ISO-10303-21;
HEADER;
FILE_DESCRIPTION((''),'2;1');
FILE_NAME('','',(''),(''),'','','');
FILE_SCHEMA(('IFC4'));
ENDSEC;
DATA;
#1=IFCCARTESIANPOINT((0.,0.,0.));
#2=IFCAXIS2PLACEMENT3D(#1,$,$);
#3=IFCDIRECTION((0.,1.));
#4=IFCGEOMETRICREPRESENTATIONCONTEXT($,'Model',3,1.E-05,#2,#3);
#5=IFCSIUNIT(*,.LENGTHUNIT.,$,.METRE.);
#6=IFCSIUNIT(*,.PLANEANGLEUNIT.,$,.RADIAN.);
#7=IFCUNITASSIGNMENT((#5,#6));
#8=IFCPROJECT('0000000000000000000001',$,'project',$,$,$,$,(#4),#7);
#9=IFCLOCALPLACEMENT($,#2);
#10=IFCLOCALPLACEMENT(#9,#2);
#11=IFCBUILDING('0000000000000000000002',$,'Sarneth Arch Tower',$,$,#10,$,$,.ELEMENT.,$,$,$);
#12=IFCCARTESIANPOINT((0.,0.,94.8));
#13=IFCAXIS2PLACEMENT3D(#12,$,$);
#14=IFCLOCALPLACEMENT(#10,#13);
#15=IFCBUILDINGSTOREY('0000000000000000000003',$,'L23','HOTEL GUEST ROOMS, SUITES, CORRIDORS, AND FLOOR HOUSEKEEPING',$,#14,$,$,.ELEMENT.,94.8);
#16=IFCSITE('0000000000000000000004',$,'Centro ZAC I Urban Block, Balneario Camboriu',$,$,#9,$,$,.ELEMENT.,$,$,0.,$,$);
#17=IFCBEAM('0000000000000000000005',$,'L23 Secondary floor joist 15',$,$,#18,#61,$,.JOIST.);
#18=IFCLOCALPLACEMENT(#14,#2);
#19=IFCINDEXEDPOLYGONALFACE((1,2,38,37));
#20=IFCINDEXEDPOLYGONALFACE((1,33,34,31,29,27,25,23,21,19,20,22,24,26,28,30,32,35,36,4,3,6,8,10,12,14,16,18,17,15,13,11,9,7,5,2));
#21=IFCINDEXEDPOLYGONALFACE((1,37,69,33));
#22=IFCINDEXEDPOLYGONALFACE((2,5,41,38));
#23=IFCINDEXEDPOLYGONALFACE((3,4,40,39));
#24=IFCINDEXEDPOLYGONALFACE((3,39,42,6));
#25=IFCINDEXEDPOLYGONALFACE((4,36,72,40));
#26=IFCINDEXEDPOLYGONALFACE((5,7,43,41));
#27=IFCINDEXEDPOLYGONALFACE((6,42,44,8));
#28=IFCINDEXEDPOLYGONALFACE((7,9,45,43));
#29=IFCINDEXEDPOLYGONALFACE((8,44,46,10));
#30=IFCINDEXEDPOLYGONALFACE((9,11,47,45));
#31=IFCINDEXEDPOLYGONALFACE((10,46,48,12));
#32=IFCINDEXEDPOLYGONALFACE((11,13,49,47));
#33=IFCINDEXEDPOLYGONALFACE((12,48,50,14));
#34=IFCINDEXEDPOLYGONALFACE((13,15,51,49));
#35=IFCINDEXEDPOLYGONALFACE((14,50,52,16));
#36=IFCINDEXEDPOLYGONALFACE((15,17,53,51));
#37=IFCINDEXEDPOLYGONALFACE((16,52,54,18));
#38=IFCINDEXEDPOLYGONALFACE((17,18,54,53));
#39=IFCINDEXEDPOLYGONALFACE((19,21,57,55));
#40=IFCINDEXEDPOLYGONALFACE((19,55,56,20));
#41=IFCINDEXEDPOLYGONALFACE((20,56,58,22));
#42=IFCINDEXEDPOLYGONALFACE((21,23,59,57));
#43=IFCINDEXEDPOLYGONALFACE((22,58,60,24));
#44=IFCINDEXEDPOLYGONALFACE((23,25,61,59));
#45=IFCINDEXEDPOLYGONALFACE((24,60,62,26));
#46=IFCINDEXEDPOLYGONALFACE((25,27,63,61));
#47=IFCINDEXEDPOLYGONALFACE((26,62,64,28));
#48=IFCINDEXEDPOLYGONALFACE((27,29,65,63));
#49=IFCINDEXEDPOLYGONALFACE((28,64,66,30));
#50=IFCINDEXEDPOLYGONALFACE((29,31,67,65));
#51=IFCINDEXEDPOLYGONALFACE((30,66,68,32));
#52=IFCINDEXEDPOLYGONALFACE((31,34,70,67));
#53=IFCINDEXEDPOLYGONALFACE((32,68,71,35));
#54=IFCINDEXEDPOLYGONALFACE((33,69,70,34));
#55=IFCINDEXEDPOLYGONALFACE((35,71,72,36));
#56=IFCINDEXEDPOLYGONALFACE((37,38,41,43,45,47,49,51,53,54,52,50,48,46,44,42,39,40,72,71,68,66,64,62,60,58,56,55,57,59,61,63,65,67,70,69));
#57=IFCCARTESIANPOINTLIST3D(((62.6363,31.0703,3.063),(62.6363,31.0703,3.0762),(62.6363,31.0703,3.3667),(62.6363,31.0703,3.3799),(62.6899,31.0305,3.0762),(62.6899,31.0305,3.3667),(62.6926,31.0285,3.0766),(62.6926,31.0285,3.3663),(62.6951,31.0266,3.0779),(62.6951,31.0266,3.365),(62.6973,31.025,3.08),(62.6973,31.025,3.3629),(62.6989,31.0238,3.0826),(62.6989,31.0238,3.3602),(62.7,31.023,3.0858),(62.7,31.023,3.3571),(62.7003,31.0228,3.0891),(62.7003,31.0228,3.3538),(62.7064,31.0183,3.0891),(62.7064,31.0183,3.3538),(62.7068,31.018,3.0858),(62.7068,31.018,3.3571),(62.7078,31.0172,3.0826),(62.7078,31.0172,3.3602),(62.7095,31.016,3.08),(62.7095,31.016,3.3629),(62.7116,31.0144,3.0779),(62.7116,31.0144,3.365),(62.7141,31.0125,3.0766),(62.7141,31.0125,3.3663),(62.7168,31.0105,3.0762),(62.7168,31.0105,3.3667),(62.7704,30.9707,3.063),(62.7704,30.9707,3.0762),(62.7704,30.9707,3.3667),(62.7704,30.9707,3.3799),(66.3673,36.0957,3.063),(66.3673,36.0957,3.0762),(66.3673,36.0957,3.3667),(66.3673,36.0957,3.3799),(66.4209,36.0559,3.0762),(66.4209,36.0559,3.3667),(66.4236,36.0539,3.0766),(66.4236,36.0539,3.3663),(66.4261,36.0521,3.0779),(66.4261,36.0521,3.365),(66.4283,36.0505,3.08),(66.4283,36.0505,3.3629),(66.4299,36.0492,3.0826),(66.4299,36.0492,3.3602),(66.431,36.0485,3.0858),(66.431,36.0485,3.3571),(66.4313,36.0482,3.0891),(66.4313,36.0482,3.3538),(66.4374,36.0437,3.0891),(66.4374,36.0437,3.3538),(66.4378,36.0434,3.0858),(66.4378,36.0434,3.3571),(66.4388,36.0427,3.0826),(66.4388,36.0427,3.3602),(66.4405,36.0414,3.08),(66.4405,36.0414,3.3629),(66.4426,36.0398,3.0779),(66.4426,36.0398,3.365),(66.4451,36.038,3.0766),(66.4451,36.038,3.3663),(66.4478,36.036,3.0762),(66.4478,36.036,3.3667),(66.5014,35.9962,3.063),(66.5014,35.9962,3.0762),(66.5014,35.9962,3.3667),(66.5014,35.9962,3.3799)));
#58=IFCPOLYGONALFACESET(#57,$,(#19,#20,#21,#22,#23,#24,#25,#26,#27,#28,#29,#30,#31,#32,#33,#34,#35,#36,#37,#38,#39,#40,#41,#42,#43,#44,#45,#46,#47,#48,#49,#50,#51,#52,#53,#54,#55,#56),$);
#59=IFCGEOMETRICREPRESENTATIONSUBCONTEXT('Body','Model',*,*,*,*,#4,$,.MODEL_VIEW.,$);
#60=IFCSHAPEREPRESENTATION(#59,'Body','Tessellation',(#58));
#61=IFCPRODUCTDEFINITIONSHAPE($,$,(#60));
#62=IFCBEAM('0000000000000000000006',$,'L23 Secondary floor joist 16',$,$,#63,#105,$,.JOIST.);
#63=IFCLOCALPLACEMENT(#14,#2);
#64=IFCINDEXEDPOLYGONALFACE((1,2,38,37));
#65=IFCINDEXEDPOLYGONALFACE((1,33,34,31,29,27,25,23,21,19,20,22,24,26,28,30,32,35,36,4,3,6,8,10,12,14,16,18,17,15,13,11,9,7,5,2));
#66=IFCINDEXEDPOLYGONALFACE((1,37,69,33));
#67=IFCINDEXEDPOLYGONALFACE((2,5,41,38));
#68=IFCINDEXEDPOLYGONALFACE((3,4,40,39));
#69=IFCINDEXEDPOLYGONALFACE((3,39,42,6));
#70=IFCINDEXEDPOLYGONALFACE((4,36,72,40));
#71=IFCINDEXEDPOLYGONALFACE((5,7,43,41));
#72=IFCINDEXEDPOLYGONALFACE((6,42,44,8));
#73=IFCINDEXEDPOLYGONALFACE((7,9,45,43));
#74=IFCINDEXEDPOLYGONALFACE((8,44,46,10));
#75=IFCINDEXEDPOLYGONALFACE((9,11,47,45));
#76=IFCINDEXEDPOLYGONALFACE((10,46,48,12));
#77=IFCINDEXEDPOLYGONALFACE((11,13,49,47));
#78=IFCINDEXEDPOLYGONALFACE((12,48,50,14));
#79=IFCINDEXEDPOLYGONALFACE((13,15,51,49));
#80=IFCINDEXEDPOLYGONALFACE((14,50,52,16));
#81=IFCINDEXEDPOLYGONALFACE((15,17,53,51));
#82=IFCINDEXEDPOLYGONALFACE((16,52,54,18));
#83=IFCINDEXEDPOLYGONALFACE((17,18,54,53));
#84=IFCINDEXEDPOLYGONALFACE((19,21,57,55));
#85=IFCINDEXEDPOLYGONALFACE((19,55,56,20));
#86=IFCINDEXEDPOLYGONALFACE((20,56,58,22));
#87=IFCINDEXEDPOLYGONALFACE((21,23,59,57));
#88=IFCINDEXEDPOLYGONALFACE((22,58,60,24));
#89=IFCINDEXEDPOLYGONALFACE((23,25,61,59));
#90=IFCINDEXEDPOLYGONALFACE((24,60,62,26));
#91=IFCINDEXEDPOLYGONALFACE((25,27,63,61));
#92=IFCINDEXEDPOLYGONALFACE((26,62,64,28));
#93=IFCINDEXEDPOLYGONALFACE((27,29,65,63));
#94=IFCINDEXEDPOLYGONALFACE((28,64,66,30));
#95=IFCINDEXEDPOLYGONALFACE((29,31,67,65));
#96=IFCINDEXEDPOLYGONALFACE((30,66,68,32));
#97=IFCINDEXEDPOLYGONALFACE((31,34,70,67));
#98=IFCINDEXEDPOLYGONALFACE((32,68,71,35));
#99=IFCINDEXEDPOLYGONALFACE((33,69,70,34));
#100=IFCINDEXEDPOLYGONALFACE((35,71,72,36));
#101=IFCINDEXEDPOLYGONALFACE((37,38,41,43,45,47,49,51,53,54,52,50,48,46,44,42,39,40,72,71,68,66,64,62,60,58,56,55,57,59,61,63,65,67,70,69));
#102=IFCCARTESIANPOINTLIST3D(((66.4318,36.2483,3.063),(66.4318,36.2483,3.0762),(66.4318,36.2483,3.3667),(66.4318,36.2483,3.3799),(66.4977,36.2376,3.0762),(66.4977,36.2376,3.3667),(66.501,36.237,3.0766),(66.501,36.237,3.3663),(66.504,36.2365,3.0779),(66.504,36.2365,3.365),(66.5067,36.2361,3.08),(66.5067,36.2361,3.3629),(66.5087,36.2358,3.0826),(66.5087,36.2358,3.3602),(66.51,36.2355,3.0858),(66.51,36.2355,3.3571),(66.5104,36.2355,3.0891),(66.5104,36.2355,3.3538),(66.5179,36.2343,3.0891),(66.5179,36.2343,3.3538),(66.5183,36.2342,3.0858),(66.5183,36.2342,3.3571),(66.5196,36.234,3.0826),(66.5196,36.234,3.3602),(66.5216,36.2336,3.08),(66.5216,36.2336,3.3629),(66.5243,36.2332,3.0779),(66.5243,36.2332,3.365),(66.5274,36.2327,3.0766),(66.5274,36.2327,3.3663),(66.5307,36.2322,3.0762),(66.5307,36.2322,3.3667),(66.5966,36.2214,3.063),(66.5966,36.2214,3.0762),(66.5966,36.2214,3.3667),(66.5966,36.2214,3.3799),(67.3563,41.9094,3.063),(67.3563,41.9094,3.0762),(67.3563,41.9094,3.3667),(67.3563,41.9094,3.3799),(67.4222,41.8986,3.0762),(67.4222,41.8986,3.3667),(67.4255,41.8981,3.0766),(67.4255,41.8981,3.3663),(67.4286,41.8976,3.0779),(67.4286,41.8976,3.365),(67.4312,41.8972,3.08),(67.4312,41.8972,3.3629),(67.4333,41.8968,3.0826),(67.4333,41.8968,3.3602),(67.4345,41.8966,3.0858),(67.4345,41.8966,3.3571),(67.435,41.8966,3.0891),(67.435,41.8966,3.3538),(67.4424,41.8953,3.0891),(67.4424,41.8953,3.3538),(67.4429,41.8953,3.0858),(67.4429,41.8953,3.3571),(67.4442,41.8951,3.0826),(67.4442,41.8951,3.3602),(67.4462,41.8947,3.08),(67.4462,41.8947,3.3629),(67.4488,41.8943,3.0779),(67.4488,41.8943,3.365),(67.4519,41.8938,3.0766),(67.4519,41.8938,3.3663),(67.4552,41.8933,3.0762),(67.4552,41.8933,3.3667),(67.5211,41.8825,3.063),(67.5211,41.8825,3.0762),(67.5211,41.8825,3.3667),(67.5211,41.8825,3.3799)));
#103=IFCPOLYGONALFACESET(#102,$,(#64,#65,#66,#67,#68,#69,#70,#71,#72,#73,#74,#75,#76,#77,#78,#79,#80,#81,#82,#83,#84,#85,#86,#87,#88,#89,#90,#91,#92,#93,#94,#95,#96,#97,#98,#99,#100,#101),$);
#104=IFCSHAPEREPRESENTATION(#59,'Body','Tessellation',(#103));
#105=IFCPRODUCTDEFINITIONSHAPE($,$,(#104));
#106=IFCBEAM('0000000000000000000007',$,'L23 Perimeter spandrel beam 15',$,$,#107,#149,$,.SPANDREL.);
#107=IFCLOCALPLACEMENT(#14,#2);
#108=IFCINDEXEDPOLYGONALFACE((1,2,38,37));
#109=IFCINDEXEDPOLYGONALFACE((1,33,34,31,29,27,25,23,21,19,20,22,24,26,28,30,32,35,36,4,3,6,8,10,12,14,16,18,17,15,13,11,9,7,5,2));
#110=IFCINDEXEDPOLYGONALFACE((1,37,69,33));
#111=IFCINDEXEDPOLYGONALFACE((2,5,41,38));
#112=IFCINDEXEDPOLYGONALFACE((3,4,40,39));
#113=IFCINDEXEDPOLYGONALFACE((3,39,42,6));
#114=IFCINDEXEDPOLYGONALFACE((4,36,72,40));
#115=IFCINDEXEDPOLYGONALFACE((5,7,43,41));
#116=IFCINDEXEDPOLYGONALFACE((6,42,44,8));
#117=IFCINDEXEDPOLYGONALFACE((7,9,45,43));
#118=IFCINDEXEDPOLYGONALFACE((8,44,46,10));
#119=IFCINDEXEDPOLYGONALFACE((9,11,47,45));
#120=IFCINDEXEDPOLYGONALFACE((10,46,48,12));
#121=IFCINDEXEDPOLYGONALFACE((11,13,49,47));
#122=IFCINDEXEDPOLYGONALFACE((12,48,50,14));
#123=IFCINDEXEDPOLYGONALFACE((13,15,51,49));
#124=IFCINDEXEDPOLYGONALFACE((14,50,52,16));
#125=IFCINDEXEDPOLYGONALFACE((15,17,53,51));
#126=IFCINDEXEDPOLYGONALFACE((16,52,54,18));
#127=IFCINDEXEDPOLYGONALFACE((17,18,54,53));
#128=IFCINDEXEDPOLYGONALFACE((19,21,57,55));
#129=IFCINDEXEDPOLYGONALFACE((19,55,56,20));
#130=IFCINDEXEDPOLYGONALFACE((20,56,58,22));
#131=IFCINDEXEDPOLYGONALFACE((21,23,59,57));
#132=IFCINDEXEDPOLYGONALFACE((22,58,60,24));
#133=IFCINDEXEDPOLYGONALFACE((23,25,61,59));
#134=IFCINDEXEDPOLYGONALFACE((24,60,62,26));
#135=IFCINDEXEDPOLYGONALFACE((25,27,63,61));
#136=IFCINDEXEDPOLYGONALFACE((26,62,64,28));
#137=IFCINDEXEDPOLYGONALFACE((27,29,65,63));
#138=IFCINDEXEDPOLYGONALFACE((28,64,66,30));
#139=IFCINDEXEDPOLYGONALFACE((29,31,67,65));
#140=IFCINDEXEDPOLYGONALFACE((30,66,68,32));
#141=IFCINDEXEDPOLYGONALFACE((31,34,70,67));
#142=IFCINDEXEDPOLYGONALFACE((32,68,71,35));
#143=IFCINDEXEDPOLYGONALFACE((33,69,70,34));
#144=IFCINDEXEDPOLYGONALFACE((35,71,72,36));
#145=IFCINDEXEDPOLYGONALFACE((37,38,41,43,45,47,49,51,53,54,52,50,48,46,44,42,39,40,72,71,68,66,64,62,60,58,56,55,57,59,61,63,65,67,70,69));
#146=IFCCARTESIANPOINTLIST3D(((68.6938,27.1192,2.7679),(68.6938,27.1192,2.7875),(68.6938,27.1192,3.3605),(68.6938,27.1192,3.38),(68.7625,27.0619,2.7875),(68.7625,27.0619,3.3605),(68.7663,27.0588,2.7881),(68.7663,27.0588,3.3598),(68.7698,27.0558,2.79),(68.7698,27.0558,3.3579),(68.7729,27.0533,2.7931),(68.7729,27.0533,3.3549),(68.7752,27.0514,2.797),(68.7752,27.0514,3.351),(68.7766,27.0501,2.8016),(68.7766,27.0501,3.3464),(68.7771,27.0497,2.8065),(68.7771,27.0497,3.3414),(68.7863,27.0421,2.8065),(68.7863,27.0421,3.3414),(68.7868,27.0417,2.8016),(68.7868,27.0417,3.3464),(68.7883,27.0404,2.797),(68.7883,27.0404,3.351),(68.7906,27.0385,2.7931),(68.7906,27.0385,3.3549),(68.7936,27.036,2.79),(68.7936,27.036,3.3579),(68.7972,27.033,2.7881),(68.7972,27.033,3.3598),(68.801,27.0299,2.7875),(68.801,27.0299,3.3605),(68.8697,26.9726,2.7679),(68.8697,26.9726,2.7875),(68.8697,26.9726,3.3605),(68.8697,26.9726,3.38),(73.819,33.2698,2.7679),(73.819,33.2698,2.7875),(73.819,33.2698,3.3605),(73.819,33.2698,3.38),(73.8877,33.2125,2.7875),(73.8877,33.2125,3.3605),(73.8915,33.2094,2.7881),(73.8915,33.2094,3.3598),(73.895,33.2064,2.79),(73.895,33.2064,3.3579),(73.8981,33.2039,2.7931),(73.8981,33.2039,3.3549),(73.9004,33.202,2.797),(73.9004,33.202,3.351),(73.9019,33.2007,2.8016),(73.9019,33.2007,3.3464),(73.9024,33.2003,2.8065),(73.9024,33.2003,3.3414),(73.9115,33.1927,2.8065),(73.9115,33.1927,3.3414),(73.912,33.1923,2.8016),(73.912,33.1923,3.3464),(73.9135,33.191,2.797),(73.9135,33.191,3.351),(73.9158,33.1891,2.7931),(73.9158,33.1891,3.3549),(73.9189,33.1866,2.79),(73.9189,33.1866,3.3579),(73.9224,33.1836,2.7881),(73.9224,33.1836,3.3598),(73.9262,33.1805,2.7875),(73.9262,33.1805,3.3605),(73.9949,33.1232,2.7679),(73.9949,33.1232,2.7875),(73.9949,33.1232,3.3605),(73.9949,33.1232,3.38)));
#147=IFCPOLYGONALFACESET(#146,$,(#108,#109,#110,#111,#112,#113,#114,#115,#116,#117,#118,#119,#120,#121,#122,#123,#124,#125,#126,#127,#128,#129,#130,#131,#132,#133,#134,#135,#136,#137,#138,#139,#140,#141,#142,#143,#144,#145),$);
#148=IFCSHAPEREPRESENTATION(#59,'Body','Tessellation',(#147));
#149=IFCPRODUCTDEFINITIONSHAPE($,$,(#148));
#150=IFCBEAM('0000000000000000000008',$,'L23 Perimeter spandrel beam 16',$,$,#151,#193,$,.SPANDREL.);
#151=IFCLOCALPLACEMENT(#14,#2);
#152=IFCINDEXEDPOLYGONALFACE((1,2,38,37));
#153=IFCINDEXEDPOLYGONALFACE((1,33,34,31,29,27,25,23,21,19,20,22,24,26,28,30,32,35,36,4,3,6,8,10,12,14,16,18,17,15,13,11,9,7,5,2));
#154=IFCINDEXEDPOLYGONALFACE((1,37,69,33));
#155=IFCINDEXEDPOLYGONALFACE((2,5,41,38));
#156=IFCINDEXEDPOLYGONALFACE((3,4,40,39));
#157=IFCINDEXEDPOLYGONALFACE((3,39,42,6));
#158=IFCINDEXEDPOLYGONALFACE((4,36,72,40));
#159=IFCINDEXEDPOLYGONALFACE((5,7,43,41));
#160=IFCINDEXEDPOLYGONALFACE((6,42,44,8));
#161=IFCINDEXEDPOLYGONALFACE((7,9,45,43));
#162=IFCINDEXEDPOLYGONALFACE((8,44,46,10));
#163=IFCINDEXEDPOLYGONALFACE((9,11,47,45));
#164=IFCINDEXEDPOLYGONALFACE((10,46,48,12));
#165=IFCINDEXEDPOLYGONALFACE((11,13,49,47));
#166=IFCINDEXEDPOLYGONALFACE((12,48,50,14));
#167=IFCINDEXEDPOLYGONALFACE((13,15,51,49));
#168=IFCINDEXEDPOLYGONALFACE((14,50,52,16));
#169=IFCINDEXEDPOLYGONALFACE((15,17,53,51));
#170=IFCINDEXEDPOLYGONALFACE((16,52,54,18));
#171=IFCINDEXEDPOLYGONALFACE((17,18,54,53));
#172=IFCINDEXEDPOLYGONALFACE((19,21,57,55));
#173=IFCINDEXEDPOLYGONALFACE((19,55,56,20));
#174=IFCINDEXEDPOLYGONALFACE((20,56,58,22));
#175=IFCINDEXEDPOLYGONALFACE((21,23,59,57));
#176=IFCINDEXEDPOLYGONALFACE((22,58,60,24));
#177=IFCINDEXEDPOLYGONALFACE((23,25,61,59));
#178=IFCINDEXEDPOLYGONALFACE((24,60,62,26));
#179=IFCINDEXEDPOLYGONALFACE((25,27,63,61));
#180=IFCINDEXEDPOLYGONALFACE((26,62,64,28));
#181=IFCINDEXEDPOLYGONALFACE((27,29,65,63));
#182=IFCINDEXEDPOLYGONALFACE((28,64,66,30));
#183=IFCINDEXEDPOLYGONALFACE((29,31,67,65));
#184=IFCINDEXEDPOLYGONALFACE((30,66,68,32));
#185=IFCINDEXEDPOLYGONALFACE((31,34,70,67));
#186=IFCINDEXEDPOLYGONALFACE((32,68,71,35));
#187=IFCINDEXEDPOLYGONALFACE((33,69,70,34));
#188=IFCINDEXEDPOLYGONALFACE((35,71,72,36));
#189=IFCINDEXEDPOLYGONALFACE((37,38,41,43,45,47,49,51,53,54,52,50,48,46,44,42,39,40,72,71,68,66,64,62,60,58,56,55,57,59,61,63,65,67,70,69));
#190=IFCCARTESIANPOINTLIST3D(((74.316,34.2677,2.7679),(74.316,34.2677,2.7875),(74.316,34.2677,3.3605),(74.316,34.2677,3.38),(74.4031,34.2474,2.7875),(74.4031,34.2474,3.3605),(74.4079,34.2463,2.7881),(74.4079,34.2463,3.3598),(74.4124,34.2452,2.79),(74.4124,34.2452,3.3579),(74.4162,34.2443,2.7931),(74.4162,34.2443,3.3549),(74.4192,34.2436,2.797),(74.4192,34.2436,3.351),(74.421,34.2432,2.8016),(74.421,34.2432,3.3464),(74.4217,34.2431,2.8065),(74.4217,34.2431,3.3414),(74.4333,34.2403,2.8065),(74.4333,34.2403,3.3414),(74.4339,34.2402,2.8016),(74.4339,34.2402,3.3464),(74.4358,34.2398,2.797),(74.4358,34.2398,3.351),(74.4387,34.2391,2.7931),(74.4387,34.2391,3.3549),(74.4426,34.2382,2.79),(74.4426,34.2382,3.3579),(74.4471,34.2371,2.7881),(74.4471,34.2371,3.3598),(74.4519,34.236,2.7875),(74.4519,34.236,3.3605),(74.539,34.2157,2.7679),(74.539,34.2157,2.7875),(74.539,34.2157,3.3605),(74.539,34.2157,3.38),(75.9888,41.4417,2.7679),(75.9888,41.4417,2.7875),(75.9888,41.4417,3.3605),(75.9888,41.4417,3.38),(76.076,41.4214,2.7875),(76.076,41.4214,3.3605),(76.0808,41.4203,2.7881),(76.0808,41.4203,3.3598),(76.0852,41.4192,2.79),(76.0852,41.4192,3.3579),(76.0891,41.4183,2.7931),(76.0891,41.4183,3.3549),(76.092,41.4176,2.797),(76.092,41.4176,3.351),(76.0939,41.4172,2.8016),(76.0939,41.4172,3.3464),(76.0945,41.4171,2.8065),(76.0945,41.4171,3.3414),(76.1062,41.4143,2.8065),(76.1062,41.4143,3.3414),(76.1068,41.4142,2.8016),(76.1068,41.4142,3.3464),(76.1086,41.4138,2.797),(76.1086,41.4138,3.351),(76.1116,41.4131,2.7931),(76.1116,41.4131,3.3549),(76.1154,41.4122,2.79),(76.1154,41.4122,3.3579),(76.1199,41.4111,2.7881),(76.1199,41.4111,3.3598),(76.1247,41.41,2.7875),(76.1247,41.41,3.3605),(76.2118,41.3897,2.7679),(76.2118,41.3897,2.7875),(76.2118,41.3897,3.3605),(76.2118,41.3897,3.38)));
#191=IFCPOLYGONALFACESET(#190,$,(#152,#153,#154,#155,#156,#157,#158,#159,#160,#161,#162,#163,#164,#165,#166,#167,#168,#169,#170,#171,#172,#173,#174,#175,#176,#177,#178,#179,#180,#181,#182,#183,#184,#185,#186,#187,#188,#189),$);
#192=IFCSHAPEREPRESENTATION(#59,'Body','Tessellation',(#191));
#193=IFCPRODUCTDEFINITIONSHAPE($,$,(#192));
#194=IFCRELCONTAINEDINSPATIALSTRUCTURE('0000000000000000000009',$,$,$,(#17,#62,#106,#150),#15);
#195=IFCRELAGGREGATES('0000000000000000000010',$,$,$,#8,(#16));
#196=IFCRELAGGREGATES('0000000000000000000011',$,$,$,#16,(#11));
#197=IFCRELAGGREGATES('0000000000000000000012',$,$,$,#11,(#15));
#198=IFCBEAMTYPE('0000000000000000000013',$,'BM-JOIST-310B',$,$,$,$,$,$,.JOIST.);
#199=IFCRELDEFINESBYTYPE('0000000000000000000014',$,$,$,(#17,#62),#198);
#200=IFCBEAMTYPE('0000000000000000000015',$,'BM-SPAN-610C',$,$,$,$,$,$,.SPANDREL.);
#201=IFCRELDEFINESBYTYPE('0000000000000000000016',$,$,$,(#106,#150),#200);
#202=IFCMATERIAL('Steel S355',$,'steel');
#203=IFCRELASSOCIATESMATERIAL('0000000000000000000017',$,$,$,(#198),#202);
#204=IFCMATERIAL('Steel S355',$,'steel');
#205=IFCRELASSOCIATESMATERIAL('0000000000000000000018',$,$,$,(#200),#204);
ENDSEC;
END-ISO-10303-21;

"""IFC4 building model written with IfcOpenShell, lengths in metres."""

from ifc_helpers import new_model, si_unit, direction, frame, origin, origin_2d, place, context, subcontext, project, spatial, i_section, extrude, material, material_profile, profile_set, type_object, element, save


model = new_model("IFC4")

# Units and contexts
model_context = context("Model", 3, precision=1e-05, world=origin(), true_north=direction((0.0, 1.0)))
body_context = subcontext(model_context, "Body", "Model", "MODEL_VIEW")
ifc_project = project(units=[si_unit("LENGTHUNIT", "METRE"), si_unit("PLANEANGLEUNIT", "RADIAN")], contexts=[model_context])

# Site, building, storey
site_placement = place(None, origin())
site = spatial("IfcSite", under=ifc_project, at=site_placement, Name="Centro ZAC I Urban Block, Balneario Camboriu", CompositionType="ELEMENT", RefElevation=0.0)
building_placement = place(site_placement, origin())
building = spatial("IfcBuilding", under=site, at=building_placement, Name="Sarneth Arch Tower", CompositionType="ELEMENT")
storey_placement = place(building_placement, frame((0.0, 0.0, 94.8)))
storey = spatial("IfcBuildingStorey", under=building, at=storey_placement, Name="L23", Description="HOTEL GUEST ROOMS, SUITES, CORRIDORS, AND FLOOR HOUSEKEEPING", CompositionType="ELEMENT", Elevation=94.8)

# Beams
ifc_material_1 = material(Name="Steel S355", Category="steel")
ifc_material_profile_1 = material_profile(ifc_material_1, i_section(OverallWidth=0.167, OverallDepth=0.3169, WebThickness=0.0076, FlangeThickness=0.0132, FilletRadius=0.0129, at=origin_2d()), Name="W310x52")
ifc_profile_set_1 = profile_set([ifc_material_profile_1], Name="Steel S355")
beam_type_1 = type_object("IfcBeamType", Name="BM-JOIST-310B", PredefinedType="JOIST", material=ifc_profile_set_1)
beam_1_placement = place(storey_placement, frame((62.7034, 31.0205, 3.2214), z_axis=(0.596098, 0.802911, 0.0), x_axis=(-0.802911, 0.596098, 0.0)))
element("IfcBeam", 1, at=beam_1_placement, inside=storey, type_object=beam_type_1, Name="L23 Secondary floor joist 15", PredefinedType="JOIST", context=body_context, shape_type="SweptSolid", body=[
    extrude(i_section(OverallWidth=0.167, OverallDepth=0.3169, WebThickness=0.0076, FlangeThickness=0.0132, FilletRadius=0.0129, at=origin_2d()), origin(), (0.0, 0.0, 1.0), 6.259),
])
beam_2_placement = place(storey_placement, frame((66.5142, 36.2349, 3.2214), z_axis=(0.161182, 0.986925, 0.0), x_axis=(-0.986925, 0.161182, 0.0)))
element("IfcBeam", 2, at=beam_2_placement, inside=storey, type_object=beam_type_1, Name="L23 Secondary floor joist 16", PredefinedType="JOIST", context=body_context, shape_type="SweptSolid", body=[
    extrude(i_section(OverallWidth=0.167, OverallDepth=0.3169, WebThickness=0.0076, FlangeThickness=0.0132, FilletRadius=0.0129, at=origin_2d()), origin(), (0.0, 0.0, 1.0), 5.7361),
])
ifc_material_2 = material(Name="Steel S355", Category="steel")
ifc_material_profile_2 = material_profile(ifc_material_2, i_section(OverallWidth=0.229, OverallDepth=0.6121, WebThickness=0.012, FlangeThickness=0.0195, FilletRadius=0.019, at=origin_2d()), Name="W610x125")
ifc_profile_set_2 = profile_set([ifc_material_profile_2], Name="Steel S355")
beam_type_2 = type_object("IfcBeamType", Name="BM-SPAN-610C", PredefinedType="SPANDREL", material=ifc_profile_set_2)
beam_3_placement = place(storey_placement, frame((68.7817, 27.0459, 3.074), z_axis=(0.640163, 0.768239, 0.0), x_axis=(-0.768239, 0.640163, 0.0)))
element("IfcBeam", 3, at=beam_3_placement, inside=storey, type_object=beam_type_2, Name="L23 Perimeter spandrel beam 15", PredefinedType="SPANDREL", context=body_context, shape_type="SweptSolid", body=[
    extrude(i_section(OverallWidth=0.229, OverallDepth=0.6121, WebThickness=0.012, FlangeThickness=0.0195, FilletRadius=0.019, at=origin_2d()), origin(), (0.0, 0.0, 1.0), 8.0061),
])
beam_4_placement = place(storey_placement, frame((74.4275, 34.2417, 3.074), z_axis=(0.227088, 0.973874, 0.0), x_axis=(-0.973874, 0.227088, 0.0)))
element("IfcBeam", 4, at=beam_4_placement, inside=storey, type_object=beam_type_2, Name="L23 Perimeter spandrel beam 16", PredefinedType="SPANDREL", context=body_context, shape_type="SweptSolid", body=[
    extrude(i_section(OverallWidth=0.229, OverallDepth=0.6121, WebThickness=0.012, FlangeThickness=0.0195, FilletRadius=0.019, at=origin_2d()), origin(), (0.0, 0.0, 1.0), 7.3665),
])

save(model, "model.ifc")
